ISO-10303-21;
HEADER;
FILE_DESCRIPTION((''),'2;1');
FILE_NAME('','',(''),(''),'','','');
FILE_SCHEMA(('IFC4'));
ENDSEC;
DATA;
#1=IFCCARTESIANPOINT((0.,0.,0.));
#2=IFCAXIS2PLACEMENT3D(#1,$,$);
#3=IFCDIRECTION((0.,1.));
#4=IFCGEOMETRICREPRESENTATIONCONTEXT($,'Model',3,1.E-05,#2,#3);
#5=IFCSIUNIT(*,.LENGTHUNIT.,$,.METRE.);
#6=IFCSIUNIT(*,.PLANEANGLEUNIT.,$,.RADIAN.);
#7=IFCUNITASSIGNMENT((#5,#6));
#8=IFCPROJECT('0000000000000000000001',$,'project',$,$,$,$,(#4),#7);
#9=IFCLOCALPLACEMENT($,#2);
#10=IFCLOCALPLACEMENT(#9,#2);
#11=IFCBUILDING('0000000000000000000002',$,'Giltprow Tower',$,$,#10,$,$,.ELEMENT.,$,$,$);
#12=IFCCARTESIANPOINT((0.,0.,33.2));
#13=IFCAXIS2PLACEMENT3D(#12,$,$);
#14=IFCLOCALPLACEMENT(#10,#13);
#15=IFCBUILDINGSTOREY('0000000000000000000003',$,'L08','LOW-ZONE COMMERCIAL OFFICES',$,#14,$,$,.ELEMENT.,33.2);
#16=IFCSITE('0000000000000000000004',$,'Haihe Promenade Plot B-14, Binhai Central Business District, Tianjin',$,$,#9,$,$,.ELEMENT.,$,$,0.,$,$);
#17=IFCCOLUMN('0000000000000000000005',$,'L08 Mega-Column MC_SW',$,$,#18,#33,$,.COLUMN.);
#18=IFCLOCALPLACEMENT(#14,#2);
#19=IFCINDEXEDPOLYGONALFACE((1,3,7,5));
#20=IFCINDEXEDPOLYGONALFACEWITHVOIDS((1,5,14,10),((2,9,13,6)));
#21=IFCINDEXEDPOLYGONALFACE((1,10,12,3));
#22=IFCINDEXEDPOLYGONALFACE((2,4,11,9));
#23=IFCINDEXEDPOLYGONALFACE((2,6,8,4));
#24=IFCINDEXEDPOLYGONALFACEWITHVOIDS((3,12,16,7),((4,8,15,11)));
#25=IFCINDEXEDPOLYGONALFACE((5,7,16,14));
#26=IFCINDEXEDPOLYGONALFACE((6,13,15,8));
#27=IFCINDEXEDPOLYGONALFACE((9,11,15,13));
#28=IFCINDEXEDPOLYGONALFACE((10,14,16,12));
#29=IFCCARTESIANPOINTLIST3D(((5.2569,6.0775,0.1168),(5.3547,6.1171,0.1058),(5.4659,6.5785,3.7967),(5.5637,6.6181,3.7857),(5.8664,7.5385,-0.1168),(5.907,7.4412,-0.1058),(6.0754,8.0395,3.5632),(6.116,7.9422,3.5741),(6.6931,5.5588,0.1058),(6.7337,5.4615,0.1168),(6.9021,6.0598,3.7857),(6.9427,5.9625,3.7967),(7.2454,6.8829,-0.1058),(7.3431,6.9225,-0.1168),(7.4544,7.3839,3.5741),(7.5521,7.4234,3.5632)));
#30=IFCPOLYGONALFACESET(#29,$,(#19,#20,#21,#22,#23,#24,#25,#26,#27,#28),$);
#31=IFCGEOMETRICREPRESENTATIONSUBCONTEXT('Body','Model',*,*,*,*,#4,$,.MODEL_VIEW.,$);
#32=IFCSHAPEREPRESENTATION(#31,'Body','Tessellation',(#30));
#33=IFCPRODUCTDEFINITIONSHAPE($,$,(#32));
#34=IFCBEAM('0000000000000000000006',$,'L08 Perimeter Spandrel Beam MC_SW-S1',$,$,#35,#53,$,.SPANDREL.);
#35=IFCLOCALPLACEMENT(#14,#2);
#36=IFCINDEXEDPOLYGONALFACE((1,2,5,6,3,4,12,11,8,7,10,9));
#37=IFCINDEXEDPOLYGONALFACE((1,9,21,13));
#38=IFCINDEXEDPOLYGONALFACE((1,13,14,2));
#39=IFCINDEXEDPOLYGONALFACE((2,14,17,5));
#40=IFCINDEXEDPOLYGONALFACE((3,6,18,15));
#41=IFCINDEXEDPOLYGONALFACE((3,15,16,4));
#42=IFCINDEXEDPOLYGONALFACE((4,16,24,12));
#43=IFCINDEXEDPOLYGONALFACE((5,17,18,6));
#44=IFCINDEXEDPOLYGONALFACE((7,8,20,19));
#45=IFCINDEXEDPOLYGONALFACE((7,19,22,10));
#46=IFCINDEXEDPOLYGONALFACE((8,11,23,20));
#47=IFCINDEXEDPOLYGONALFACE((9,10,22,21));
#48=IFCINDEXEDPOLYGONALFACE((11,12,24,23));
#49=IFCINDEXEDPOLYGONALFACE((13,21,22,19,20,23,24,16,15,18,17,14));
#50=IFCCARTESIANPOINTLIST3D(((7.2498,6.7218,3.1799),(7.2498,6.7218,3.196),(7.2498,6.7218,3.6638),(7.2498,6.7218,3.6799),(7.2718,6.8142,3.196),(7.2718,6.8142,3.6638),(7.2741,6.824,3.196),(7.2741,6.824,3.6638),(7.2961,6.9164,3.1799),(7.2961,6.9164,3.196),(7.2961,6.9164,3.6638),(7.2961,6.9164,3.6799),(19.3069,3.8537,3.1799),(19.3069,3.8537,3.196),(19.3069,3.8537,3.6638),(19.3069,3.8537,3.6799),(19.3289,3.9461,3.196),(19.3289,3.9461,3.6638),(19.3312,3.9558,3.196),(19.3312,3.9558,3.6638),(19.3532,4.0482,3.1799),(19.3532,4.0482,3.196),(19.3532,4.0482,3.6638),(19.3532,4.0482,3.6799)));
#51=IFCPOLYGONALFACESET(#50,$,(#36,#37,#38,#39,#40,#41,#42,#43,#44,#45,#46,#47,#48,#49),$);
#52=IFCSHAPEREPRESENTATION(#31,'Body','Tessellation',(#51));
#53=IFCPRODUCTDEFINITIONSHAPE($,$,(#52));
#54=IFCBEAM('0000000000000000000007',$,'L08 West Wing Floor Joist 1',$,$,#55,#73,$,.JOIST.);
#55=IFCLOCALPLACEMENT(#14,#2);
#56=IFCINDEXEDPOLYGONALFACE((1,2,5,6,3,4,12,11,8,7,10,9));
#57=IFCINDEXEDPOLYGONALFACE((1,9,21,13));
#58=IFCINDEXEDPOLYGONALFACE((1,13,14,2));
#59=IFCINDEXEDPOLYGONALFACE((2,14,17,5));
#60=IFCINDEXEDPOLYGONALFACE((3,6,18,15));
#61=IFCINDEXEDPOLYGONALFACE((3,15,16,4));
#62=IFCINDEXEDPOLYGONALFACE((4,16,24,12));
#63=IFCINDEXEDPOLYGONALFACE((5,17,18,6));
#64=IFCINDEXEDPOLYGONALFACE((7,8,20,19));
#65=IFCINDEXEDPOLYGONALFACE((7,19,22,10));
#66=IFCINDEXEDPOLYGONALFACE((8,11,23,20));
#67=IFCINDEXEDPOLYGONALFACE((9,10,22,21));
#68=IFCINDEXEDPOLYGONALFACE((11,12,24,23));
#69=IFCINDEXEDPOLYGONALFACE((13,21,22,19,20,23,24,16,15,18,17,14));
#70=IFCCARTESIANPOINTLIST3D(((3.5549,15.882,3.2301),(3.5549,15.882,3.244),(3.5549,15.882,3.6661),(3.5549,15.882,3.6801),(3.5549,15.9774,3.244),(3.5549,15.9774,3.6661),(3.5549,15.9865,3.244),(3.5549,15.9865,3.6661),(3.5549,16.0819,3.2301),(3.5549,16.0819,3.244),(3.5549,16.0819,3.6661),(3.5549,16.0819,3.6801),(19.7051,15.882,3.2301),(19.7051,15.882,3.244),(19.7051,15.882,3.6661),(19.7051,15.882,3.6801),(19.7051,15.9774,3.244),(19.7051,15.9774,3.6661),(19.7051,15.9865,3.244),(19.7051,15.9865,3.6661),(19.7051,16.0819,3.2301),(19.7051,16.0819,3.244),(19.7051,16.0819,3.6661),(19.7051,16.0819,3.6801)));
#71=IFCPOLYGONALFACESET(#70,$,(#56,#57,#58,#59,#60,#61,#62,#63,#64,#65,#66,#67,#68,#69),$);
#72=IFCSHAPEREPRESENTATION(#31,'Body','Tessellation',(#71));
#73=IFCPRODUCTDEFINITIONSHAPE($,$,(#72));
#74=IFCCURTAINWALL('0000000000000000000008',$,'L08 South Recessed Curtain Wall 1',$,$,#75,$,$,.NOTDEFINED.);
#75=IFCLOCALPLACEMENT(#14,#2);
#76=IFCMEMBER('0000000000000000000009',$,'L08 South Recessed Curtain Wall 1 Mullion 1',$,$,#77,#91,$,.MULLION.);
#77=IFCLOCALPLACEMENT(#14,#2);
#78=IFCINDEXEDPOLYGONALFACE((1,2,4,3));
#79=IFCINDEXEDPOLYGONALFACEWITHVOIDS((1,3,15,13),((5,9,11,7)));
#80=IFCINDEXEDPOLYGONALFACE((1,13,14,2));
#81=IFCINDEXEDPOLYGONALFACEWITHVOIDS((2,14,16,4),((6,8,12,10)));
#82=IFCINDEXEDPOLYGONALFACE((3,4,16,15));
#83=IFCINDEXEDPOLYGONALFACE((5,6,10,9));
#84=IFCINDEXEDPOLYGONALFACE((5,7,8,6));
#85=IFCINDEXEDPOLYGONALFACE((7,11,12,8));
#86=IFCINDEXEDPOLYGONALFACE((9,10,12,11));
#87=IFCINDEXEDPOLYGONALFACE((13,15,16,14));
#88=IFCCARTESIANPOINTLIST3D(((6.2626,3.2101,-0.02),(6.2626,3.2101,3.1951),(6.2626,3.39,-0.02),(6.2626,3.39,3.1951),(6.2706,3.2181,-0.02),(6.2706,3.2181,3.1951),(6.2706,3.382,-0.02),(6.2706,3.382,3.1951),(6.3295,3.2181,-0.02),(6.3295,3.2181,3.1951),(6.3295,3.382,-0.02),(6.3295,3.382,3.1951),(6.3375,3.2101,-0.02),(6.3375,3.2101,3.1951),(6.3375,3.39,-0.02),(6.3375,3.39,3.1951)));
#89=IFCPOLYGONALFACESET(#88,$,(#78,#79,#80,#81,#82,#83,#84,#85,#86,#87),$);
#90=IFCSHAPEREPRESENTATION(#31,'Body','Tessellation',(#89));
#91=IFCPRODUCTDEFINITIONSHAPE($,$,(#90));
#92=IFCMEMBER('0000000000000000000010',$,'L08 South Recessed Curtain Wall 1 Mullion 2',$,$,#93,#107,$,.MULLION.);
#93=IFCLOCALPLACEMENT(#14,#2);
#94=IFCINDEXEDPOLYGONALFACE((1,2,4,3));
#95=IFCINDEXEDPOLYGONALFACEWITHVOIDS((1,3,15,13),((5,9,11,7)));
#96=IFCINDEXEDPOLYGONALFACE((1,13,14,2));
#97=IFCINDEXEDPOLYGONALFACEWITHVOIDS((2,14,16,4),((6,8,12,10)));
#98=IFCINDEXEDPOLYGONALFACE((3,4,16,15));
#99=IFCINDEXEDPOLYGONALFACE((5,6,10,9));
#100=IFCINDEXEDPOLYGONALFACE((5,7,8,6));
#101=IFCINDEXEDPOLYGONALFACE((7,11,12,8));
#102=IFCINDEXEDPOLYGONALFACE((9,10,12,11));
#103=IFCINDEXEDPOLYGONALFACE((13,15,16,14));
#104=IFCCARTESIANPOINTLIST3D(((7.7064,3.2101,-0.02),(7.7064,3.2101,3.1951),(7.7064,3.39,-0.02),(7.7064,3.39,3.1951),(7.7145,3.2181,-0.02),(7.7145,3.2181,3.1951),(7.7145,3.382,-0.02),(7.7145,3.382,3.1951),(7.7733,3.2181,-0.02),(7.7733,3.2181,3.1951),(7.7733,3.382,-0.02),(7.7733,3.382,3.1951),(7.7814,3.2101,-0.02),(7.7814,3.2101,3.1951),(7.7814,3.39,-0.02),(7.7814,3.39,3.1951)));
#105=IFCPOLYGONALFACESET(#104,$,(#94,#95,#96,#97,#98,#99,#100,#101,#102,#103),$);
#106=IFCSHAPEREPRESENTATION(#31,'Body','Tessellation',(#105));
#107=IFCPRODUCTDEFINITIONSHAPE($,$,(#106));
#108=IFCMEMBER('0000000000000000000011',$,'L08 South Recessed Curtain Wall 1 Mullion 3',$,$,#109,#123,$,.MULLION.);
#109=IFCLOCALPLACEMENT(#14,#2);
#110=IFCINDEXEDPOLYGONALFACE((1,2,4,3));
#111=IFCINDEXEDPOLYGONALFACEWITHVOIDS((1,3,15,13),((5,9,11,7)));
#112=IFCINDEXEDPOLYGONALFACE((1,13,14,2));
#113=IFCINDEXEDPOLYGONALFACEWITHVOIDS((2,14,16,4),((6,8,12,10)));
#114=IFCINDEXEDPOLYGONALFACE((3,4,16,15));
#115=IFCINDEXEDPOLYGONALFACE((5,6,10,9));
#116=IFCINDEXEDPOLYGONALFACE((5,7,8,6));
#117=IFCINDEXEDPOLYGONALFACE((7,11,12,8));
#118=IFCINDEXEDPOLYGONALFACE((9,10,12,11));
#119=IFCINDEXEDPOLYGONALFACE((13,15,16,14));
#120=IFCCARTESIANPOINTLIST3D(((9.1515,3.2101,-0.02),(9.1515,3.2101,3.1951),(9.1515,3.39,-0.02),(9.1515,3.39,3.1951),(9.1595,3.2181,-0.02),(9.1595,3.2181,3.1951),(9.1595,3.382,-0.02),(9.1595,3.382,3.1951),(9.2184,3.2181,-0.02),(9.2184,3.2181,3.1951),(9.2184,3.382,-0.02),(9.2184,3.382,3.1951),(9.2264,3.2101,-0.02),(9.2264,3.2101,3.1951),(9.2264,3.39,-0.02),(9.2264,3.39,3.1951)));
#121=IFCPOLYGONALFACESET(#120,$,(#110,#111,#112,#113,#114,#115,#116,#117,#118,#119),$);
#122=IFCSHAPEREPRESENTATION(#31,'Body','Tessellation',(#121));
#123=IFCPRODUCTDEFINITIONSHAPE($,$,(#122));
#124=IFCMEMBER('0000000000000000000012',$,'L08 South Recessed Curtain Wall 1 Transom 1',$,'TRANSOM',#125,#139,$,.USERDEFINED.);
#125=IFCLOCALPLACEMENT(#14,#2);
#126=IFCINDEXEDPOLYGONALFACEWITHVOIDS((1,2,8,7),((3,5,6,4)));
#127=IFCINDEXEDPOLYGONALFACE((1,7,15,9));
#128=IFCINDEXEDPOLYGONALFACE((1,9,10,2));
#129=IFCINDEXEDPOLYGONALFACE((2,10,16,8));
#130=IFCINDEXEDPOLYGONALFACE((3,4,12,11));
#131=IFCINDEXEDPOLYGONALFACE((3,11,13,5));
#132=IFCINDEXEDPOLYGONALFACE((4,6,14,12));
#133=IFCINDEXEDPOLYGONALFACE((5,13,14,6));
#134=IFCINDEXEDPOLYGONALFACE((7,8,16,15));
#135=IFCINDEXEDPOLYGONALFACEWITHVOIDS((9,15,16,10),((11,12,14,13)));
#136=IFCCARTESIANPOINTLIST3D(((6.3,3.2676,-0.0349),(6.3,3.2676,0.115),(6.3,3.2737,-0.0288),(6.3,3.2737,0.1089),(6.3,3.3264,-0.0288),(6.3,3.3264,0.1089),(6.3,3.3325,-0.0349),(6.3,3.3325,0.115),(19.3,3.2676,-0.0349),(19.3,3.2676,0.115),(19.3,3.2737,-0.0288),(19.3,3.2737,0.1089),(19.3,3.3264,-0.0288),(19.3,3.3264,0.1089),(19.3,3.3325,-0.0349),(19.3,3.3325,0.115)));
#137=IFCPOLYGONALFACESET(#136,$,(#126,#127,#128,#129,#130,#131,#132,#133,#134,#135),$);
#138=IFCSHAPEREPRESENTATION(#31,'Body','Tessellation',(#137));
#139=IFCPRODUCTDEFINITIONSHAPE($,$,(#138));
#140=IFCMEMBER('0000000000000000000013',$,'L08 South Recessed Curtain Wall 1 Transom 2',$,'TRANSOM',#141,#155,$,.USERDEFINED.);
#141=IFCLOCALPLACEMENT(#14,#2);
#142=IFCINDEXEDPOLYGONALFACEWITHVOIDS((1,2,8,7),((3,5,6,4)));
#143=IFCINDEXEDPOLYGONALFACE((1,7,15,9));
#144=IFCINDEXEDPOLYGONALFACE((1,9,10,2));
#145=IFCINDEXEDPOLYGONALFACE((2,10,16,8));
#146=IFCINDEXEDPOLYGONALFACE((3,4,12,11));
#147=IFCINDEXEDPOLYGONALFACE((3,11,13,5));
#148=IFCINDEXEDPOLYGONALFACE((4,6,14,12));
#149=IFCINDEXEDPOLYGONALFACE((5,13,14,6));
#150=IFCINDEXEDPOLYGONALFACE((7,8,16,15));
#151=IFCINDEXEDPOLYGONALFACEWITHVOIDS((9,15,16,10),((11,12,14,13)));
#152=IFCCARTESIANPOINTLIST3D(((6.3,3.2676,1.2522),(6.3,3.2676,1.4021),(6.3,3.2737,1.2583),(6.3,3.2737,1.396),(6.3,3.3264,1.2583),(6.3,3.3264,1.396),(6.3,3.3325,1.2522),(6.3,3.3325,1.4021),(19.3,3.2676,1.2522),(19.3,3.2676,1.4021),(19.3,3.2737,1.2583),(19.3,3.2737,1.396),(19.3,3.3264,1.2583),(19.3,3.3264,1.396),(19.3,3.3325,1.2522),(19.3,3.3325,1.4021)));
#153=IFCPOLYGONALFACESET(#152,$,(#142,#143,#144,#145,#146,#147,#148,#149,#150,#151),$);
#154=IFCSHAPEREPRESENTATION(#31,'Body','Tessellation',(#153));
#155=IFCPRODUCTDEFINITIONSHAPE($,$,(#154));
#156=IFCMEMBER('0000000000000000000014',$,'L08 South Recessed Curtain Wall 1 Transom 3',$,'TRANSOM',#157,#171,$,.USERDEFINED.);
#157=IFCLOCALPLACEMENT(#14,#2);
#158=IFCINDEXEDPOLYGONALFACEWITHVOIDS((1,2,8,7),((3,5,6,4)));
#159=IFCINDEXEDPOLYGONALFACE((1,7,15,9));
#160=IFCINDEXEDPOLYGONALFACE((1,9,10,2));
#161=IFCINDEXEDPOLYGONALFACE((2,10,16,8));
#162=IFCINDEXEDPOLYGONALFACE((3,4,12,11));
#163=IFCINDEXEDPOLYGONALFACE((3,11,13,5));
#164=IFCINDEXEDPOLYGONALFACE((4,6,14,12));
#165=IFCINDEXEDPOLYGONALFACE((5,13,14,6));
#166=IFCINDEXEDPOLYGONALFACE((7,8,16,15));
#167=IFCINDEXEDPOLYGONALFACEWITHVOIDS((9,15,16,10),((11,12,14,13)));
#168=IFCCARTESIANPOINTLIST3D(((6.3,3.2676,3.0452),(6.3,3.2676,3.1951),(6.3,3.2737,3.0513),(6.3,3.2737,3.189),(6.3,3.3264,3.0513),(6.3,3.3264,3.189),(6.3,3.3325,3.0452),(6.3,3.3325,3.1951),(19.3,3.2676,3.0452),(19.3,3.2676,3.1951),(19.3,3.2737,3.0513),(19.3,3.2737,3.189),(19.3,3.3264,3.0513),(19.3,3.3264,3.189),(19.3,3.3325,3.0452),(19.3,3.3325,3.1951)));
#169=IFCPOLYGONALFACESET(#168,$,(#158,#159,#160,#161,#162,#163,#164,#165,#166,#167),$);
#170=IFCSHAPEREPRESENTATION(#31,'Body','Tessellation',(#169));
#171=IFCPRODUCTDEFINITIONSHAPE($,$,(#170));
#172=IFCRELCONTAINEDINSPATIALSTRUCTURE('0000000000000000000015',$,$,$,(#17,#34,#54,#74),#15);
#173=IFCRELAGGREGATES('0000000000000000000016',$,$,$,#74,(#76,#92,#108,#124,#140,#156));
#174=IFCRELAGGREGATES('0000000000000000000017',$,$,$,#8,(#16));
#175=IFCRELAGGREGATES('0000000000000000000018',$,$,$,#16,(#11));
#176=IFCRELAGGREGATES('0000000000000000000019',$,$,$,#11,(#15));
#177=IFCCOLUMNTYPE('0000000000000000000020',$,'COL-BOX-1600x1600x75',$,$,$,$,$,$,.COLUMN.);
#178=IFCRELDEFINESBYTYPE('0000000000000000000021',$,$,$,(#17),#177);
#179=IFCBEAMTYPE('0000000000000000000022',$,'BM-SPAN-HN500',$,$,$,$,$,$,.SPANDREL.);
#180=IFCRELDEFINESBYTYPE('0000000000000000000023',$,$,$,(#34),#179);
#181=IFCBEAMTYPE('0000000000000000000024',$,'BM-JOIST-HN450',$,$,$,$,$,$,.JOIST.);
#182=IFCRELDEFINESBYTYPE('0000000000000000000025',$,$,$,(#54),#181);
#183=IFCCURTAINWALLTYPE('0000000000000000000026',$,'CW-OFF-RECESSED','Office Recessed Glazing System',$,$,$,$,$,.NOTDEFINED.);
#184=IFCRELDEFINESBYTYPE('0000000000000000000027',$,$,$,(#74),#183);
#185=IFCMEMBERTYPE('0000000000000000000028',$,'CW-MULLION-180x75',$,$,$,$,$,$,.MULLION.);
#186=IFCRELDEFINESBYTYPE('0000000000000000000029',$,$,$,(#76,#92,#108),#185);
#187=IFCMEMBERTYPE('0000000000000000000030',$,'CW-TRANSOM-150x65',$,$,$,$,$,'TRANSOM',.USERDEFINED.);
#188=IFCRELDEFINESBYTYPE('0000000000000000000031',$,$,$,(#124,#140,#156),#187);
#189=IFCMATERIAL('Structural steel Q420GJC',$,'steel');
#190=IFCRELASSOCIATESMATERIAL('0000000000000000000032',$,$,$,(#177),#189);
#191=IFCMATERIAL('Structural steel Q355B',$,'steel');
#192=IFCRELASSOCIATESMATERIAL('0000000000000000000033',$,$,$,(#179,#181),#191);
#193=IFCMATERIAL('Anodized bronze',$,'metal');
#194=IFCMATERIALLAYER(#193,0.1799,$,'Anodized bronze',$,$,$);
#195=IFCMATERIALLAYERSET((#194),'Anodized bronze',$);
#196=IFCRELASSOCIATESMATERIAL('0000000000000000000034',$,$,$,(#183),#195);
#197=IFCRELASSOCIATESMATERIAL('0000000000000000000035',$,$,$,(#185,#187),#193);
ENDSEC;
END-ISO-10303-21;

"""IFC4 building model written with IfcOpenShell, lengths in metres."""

from ifc_helpers import new_model, si_unit, direction, frame, origin, origin_2d, place, context, subcontext, project, spatial, hollow_rectangle, i_section, extrude, source, transform, mapped, material, layer, layer_set, material_profile, profile_set, type_object, element, aggregate, save


model = new_model("IFC4")

# Units and contexts
model_context = context("Model", 3, precision=1e-05, world=origin(), true_north=direction((0.0, 1.0)))
body_context = subcontext(model_context, "Body", "Model", "MODEL_VIEW")
ifc_project = project(units=[si_unit("LENGTHUNIT", "METRE"), si_unit("PLANEANGLEUNIT", "RADIAN")], contexts=[model_context])

# Site, building, storey
site_placement = place(None, origin())
site = spatial("IfcSite", under=ifc_project, at=site_placement, Name="Haihe Promenade Plot B-14, Binhai Central Business District, Tianjin", CompositionType="ELEMENT", RefElevation=0.0)
building_placement = place(site_placement, origin())
building = spatial("IfcBuilding", under=site, at=building_placement, Name="Giltprow Tower", CompositionType="ELEMENT")
storey_placement = place(building_placement, frame((0.0, 0.0, 33.2)))
storey = spatial("IfcBuildingStorey", under=building, at=storey_placement, Name="L08", Description="LOW-ZONE COMMERCIAL OFFICES", CompositionType="ELEMENT", Elevation=33.2)

# Column
ifc_material_1 = material(Name="Structural steel Q420GJC", Category="steel")
ifc_material_profile_1 = material_profile(ifc_material_1, hollow_rectangle(XDim=1.6001, YDim=1.6001, WallThickness=0.075, at=origin_2d()), Name="BOX 1600x1600x75")
ifc_profile_set_1 = profile_set([ifc_material_profile_1], Name="Structural steel Q420GJC")
column_type = type_object("IfcColumnType", Name="COL-BOX-1600x1600x75", PredefinedType="COLUMN", material=ifc_profile_set_1)
shared_shape_1 = source(origin(), body_context, "Body", "SweptSolid", [
    extrude(hollow_rectangle(XDim=1.6001, YDim=1.6001, WallThickness=0.075, at=origin_2d()), origin(), (0.0, 0.0, 1.0), 3.7197),
])
column_placement = place(storey_placement, frame((6.3, 6.5, 0.0), z_axis=(0.056182, 0.13468, 0.989295), x_axis=(-0.922917, 0.384999, 0.0)))
element("IfcColumn", 1, at=column_placement, inside=storey, type_object=column_type, Name="L08 Mega-Column MC_SW", PredefinedType="COLUMN", context=body_context, shape_type="MappedRepresentation", body=[
    mapped(shared_shape_1, transform((0.0, 0.0, 0.0), x_axis=(1.0, 0.0, 0.0), y_axis=(0.0, 1.0, 0.0), z_axis=(0.0, 0.0, 1.0), scale=1.0)),
])

# Beams
ifc_material_2 = material(Name="Structural steel Q355B", Category="steel")
ifc_material_profile_2 = material_profile(ifc_material_2, i_section(OverallWidth=0.2, OverallDepth=0.5, WebThickness=0.01, FlangeThickness=0.0161, at=origin_2d()), Name="HN 500x200x10x16")
ifc_profile_set_2 = profile_set([ifc_material_profile_2], Name="Structural steel Q355B")
beam_type_1 = type_object("IfcBeamType", Name="BM-SPAN-HN500", PredefinedType="SPANDREL", material=ifc_profile_set_2)
shared_shape_2 = source(origin(), body_context, "Body", "SweptSolid", [
    extrude(i_section(OverallWidth=0.2, OverallDepth=0.5, WebThickness=0.01, FlangeThickness=0.0161, at=origin_2d()), origin(), (0.0, 0.0, 1.0), 12.3936),
])
beam_1_placement = place(storey_placement, frame((7.2729, 6.8191, 3.4299), z_axis=(0.972853, -0.231423, 0.0), x_axis=(0.231423, 0.972853, 0.0)))
element("IfcBeam", 2, at=beam_1_placement, inside=storey, type_object=beam_type_1, Name="L08 Perimeter Spandrel Beam MC_SW-S1", PredefinedType="SPANDREL", context=body_context, shape_type="MappedRepresentation", body=[
    mapped(shared_shape_2, transform((0.0, 0.0, 0.0), x_axis=(1.0, 0.0, 0.0), y_axis=(0.0, 1.0, 0.0), z_axis=(0.0, 0.0, 1.0), scale=1.0)),
])
ifc_material_profile_3 = material_profile(ifc_material_2, i_section(OverallWidth=0.2, OverallDepth=0.45, WebThickness=0.009, FlangeThickness=0.0139, at=origin_2d()), Name="HN 450x200x9x14")
ifc_profile_set_3 = profile_set([ifc_material_profile_3], Name="Structural steel Q355B")
beam_type_2 = type_object("IfcBeamType", Name="BM-JOIST-HN450", PredefinedType="JOIST", material=ifc_profile_set_3)
shared_shape_3 = source(origin(), body_context, "Body", "SweptSolid", [
    extrude(i_section(OverallWidth=0.2, OverallDepth=0.45, WebThickness=0.009, FlangeThickness=0.0139, at=origin_2d()), origin(), (0.0, 0.0, 1.0), 16.1501),
])
beam_2_placement = place(storey_placement, frame((3.5549, 15.9819, 3.4551), z_axis=(1.0, 0.0, 0.0), x_axis=(0.0, 1.0, 0.0)))
element("IfcBeam", 3, at=beam_2_placement, inside=storey, type_object=beam_type_2, Name="L08 West Wing Floor Joist 1", PredefinedType="JOIST", context=body_context, shape_type="MappedRepresentation", body=[
    mapped(shared_shape_3, transform((0.0, 0.0, 0.0), x_axis=(1.0, 0.0, 0.0), y_axis=(0.0, 1.0, 0.0), z_axis=(0.0, 0.0, 1.0), scale=1.0)),
])

# Curtain wall, members
ifc_material_3 = material(Name="Anodized bronze", Category="metal")
ifc_layer_1 = layer(ifc_material_3, 0.1799, Name="Anodized bronze")
ifc_layer_set_1 = layer_set([ifc_layer_1], Name="Anodized bronze")
curtain_wall_type = type_object("IfcCurtainWallType", Name="CW-OFF-RECESSED", Description="Office Recessed Glazing System", PredefinedType="NOTDEFINED", material=ifc_layer_set_1)
curtain_wall_placement = place(storey_placement, origin())
curtain_wall = element("IfcCurtainWall", 4, at=curtain_wall_placement, inside=storey, type_object=curtain_wall_type, Name="L08 South Recessed Curtain Wall 1", PredefinedType="NOTDEFINED")
ifc_material_profile_4 = material_profile(ifc_material_3, hollow_rectangle(XDim=0.075, YDim=0.1799, WallThickness=0.0081, at=origin_2d()), Name="RHS 180x75x8")
ifc_profile_set_4 = profile_set([ifc_material_profile_4], Name="Anodized bronze")
member_type_1 = type_object("IfcMemberType", Name="CW-MULLION-180x75", PredefinedType="MULLION", material=ifc_profile_set_4)
shared_shape_4 = source(origin(), body_context, "Body", "SweptSolid", [
    extrude(hollow_rectangle(XDim=0.075, YDim=0.1799, WallThickness=0.0081, at=origin_2d()), origin(), (0.0, 0.0, 1.0), 3.2151),
])
member_1_placement = place(storey_placement, frame((6.3, 3.3, -0.02), z_axis=(0.0, 0.0, 1.0), x_axis=(1.0, 0.0, 0.0)))
member_1 = element("IfcMember", 5, at=member_1_placement, type_object=member_type_1, Name="L08 South Recessed Curtain Wall 1 Mullion 1", PredefinedType="MULLION", context=body_context, shape_type="MappedRepresentation", body=[
    mapped(shared_shape_4, transform((0.0, 0.0, 0.0), x_axis=(1.0, 0.0, 0.0), y_axis=(0.0, 1.0, 0.0), z_axis=(0.0, 0.0, 1.0), scale=1.0)),
])
member_2_placement = place(storey_placement, frame((7.7439, 3.3, -0.02), z_axis=(0.0, 0.0, 1.0), x_axis=(1.0, 0.0, 0.0)))
member_2 = element("IfcMember", 6, at=member_2_placement, type_object=member_type_1, Name="L08 South Recessed Curtain Wall 1 Mullion 2", PredefinedType="MULLION", context=body_context, shape_type="MappedRepresentation", body=[
    mapped(shared_shape_4, transform((0.0, 0.0, 0.0), x_axis=(1.0, 0.0, 0.0), y_axis=(0.0, 1.0, 0.0), z_axis=(0.0, 0.0, 1.0), scale=1.0)),
])
member_3_placement = place(storey_placement, frame((9.189, 3.3, -0.02), z_axis=(0.0, 0.0, 1.0), x_axis=(1.0, 0.0, 0.0)))
member_3 = element("IfcMember", 7, at=member_3_placement, type_object=member_type_1, Name="L08 South Recessed Curtain Wall 1 Mullion 3", PredefinedType="MULLION", context=body_context, shape_type="MappedRepresentation", body=[
    mapped(shared_shape_4, transform((0.0, 0.0, 0.0), x_axis=(1.0, 0.0, 0.0), y_axis=(0.0, 1.0, 0.0), z_axis=(0.0, 0.0, 1.0), scale=1.0)),
])
ifc_material_profile_5 = material_profile(ifc_material_3, hollow_rectangle(XDim=0.0649, YDim=0.1499, WallThickness=0.0061, at=origin_2d()), Name="RHS 150x65x6")
ifc_profile_set_5 = profile_set([ifc_material_profile_5], Name="Anodized bronze")
member_type_2 = type_object("IfcMemberType", Name="CW-TRANSOM-150x65", ElementType="TRANSOM", PredefinedType="USERDEFINED", material=ifc_profile_set_5)
shared_shape_5 = source(origin(), body_context, "Body", "SweptSolid", [
    extrude(hollow_rectangle(XDim=0.0649, YDim=0.1499, WallThickness=0.0061, at=origin_2d()), origin(), (0.0, 0.0, 1.0), 13.0),
])
member_4_placement = place(storey_placement, frame((6.3, 3.3, 0.04), z_axis=(1.0, 0.0, 0.0), x_axis=(0.0, 1.0, 0.0)))
member_4 = element("IfcMember", 8, at=member_4_placement, type_object=member_type_2, Name="L08 South Recessed Curtain Wall 1 Transom 1", ObjectType="TRANSOM", PredefinedType="USERDEFINED", context=body_context, shape_type="MappedRepresentation", body=[
    mapped(shared_shape_5, transform((0.0, 0.0, 0.0), x_axis=(1.0, 0.0, 0.0), y_axis=(0.0, 1.0, 0.0), z_axis=(0.0, 0.0, 1.0), scale=1.0)),
])
member_5_placement = place(storey_placement, frame((6.3, 3.3, 1.3271), z_axis=(1.0, 0.0, 0.0), x_axis=(0.0, 1.0, 0.0)))
member_5 = element("IfcMember", 9, at=member_5_placement, type_object=member_type_2, Name="L08 South Recessed Curtain Wall 1 Transom 2", ObjectType="TRANSOM", PredefinedType="USERDEFINED", context=body_context, shape_type="MappedRepresentation", body=[
    mapped(shared_shape_5, transform((0.0, 0.0, 0.0), x_axis=(1.0, 0.0, 0.0), y_axis=(0.0, 1.0, 0.0), z_axis=(0.0, 0.0, 1.0), scale=1.0)),
])
member_6_placement = place(storey_placement, frame((6.3, 3.3, 3.1201), z_axis=(1.0, 0.0, 0.0), x_axis=(0.0, 1.0, 0.0)))
member_6 = element("IfcMember", 10, at=member_6_placement, type_object=member_type_2, Name="L08 South Recessed Curtain Wall 1 Transom 3", ObjectType="TRANSOM", PredefinedType="USERDEFINED", context=body_context, shape_type="MappedRepresentation", body=[
    mapped(shared_shape_5, transform((0.0, 0.0, 0.0), x_axis=(1.0, 0.0, 0.0), y_axis=(0.0, 1.0, 0.0), z_axis=(0.0, 0.0, 1.0), scale=1.0)),
])

aggregate(curtain_wall, [member_1, member_2, member_3, member_4, member_5, member_6])

save(model, "model.ifc")
